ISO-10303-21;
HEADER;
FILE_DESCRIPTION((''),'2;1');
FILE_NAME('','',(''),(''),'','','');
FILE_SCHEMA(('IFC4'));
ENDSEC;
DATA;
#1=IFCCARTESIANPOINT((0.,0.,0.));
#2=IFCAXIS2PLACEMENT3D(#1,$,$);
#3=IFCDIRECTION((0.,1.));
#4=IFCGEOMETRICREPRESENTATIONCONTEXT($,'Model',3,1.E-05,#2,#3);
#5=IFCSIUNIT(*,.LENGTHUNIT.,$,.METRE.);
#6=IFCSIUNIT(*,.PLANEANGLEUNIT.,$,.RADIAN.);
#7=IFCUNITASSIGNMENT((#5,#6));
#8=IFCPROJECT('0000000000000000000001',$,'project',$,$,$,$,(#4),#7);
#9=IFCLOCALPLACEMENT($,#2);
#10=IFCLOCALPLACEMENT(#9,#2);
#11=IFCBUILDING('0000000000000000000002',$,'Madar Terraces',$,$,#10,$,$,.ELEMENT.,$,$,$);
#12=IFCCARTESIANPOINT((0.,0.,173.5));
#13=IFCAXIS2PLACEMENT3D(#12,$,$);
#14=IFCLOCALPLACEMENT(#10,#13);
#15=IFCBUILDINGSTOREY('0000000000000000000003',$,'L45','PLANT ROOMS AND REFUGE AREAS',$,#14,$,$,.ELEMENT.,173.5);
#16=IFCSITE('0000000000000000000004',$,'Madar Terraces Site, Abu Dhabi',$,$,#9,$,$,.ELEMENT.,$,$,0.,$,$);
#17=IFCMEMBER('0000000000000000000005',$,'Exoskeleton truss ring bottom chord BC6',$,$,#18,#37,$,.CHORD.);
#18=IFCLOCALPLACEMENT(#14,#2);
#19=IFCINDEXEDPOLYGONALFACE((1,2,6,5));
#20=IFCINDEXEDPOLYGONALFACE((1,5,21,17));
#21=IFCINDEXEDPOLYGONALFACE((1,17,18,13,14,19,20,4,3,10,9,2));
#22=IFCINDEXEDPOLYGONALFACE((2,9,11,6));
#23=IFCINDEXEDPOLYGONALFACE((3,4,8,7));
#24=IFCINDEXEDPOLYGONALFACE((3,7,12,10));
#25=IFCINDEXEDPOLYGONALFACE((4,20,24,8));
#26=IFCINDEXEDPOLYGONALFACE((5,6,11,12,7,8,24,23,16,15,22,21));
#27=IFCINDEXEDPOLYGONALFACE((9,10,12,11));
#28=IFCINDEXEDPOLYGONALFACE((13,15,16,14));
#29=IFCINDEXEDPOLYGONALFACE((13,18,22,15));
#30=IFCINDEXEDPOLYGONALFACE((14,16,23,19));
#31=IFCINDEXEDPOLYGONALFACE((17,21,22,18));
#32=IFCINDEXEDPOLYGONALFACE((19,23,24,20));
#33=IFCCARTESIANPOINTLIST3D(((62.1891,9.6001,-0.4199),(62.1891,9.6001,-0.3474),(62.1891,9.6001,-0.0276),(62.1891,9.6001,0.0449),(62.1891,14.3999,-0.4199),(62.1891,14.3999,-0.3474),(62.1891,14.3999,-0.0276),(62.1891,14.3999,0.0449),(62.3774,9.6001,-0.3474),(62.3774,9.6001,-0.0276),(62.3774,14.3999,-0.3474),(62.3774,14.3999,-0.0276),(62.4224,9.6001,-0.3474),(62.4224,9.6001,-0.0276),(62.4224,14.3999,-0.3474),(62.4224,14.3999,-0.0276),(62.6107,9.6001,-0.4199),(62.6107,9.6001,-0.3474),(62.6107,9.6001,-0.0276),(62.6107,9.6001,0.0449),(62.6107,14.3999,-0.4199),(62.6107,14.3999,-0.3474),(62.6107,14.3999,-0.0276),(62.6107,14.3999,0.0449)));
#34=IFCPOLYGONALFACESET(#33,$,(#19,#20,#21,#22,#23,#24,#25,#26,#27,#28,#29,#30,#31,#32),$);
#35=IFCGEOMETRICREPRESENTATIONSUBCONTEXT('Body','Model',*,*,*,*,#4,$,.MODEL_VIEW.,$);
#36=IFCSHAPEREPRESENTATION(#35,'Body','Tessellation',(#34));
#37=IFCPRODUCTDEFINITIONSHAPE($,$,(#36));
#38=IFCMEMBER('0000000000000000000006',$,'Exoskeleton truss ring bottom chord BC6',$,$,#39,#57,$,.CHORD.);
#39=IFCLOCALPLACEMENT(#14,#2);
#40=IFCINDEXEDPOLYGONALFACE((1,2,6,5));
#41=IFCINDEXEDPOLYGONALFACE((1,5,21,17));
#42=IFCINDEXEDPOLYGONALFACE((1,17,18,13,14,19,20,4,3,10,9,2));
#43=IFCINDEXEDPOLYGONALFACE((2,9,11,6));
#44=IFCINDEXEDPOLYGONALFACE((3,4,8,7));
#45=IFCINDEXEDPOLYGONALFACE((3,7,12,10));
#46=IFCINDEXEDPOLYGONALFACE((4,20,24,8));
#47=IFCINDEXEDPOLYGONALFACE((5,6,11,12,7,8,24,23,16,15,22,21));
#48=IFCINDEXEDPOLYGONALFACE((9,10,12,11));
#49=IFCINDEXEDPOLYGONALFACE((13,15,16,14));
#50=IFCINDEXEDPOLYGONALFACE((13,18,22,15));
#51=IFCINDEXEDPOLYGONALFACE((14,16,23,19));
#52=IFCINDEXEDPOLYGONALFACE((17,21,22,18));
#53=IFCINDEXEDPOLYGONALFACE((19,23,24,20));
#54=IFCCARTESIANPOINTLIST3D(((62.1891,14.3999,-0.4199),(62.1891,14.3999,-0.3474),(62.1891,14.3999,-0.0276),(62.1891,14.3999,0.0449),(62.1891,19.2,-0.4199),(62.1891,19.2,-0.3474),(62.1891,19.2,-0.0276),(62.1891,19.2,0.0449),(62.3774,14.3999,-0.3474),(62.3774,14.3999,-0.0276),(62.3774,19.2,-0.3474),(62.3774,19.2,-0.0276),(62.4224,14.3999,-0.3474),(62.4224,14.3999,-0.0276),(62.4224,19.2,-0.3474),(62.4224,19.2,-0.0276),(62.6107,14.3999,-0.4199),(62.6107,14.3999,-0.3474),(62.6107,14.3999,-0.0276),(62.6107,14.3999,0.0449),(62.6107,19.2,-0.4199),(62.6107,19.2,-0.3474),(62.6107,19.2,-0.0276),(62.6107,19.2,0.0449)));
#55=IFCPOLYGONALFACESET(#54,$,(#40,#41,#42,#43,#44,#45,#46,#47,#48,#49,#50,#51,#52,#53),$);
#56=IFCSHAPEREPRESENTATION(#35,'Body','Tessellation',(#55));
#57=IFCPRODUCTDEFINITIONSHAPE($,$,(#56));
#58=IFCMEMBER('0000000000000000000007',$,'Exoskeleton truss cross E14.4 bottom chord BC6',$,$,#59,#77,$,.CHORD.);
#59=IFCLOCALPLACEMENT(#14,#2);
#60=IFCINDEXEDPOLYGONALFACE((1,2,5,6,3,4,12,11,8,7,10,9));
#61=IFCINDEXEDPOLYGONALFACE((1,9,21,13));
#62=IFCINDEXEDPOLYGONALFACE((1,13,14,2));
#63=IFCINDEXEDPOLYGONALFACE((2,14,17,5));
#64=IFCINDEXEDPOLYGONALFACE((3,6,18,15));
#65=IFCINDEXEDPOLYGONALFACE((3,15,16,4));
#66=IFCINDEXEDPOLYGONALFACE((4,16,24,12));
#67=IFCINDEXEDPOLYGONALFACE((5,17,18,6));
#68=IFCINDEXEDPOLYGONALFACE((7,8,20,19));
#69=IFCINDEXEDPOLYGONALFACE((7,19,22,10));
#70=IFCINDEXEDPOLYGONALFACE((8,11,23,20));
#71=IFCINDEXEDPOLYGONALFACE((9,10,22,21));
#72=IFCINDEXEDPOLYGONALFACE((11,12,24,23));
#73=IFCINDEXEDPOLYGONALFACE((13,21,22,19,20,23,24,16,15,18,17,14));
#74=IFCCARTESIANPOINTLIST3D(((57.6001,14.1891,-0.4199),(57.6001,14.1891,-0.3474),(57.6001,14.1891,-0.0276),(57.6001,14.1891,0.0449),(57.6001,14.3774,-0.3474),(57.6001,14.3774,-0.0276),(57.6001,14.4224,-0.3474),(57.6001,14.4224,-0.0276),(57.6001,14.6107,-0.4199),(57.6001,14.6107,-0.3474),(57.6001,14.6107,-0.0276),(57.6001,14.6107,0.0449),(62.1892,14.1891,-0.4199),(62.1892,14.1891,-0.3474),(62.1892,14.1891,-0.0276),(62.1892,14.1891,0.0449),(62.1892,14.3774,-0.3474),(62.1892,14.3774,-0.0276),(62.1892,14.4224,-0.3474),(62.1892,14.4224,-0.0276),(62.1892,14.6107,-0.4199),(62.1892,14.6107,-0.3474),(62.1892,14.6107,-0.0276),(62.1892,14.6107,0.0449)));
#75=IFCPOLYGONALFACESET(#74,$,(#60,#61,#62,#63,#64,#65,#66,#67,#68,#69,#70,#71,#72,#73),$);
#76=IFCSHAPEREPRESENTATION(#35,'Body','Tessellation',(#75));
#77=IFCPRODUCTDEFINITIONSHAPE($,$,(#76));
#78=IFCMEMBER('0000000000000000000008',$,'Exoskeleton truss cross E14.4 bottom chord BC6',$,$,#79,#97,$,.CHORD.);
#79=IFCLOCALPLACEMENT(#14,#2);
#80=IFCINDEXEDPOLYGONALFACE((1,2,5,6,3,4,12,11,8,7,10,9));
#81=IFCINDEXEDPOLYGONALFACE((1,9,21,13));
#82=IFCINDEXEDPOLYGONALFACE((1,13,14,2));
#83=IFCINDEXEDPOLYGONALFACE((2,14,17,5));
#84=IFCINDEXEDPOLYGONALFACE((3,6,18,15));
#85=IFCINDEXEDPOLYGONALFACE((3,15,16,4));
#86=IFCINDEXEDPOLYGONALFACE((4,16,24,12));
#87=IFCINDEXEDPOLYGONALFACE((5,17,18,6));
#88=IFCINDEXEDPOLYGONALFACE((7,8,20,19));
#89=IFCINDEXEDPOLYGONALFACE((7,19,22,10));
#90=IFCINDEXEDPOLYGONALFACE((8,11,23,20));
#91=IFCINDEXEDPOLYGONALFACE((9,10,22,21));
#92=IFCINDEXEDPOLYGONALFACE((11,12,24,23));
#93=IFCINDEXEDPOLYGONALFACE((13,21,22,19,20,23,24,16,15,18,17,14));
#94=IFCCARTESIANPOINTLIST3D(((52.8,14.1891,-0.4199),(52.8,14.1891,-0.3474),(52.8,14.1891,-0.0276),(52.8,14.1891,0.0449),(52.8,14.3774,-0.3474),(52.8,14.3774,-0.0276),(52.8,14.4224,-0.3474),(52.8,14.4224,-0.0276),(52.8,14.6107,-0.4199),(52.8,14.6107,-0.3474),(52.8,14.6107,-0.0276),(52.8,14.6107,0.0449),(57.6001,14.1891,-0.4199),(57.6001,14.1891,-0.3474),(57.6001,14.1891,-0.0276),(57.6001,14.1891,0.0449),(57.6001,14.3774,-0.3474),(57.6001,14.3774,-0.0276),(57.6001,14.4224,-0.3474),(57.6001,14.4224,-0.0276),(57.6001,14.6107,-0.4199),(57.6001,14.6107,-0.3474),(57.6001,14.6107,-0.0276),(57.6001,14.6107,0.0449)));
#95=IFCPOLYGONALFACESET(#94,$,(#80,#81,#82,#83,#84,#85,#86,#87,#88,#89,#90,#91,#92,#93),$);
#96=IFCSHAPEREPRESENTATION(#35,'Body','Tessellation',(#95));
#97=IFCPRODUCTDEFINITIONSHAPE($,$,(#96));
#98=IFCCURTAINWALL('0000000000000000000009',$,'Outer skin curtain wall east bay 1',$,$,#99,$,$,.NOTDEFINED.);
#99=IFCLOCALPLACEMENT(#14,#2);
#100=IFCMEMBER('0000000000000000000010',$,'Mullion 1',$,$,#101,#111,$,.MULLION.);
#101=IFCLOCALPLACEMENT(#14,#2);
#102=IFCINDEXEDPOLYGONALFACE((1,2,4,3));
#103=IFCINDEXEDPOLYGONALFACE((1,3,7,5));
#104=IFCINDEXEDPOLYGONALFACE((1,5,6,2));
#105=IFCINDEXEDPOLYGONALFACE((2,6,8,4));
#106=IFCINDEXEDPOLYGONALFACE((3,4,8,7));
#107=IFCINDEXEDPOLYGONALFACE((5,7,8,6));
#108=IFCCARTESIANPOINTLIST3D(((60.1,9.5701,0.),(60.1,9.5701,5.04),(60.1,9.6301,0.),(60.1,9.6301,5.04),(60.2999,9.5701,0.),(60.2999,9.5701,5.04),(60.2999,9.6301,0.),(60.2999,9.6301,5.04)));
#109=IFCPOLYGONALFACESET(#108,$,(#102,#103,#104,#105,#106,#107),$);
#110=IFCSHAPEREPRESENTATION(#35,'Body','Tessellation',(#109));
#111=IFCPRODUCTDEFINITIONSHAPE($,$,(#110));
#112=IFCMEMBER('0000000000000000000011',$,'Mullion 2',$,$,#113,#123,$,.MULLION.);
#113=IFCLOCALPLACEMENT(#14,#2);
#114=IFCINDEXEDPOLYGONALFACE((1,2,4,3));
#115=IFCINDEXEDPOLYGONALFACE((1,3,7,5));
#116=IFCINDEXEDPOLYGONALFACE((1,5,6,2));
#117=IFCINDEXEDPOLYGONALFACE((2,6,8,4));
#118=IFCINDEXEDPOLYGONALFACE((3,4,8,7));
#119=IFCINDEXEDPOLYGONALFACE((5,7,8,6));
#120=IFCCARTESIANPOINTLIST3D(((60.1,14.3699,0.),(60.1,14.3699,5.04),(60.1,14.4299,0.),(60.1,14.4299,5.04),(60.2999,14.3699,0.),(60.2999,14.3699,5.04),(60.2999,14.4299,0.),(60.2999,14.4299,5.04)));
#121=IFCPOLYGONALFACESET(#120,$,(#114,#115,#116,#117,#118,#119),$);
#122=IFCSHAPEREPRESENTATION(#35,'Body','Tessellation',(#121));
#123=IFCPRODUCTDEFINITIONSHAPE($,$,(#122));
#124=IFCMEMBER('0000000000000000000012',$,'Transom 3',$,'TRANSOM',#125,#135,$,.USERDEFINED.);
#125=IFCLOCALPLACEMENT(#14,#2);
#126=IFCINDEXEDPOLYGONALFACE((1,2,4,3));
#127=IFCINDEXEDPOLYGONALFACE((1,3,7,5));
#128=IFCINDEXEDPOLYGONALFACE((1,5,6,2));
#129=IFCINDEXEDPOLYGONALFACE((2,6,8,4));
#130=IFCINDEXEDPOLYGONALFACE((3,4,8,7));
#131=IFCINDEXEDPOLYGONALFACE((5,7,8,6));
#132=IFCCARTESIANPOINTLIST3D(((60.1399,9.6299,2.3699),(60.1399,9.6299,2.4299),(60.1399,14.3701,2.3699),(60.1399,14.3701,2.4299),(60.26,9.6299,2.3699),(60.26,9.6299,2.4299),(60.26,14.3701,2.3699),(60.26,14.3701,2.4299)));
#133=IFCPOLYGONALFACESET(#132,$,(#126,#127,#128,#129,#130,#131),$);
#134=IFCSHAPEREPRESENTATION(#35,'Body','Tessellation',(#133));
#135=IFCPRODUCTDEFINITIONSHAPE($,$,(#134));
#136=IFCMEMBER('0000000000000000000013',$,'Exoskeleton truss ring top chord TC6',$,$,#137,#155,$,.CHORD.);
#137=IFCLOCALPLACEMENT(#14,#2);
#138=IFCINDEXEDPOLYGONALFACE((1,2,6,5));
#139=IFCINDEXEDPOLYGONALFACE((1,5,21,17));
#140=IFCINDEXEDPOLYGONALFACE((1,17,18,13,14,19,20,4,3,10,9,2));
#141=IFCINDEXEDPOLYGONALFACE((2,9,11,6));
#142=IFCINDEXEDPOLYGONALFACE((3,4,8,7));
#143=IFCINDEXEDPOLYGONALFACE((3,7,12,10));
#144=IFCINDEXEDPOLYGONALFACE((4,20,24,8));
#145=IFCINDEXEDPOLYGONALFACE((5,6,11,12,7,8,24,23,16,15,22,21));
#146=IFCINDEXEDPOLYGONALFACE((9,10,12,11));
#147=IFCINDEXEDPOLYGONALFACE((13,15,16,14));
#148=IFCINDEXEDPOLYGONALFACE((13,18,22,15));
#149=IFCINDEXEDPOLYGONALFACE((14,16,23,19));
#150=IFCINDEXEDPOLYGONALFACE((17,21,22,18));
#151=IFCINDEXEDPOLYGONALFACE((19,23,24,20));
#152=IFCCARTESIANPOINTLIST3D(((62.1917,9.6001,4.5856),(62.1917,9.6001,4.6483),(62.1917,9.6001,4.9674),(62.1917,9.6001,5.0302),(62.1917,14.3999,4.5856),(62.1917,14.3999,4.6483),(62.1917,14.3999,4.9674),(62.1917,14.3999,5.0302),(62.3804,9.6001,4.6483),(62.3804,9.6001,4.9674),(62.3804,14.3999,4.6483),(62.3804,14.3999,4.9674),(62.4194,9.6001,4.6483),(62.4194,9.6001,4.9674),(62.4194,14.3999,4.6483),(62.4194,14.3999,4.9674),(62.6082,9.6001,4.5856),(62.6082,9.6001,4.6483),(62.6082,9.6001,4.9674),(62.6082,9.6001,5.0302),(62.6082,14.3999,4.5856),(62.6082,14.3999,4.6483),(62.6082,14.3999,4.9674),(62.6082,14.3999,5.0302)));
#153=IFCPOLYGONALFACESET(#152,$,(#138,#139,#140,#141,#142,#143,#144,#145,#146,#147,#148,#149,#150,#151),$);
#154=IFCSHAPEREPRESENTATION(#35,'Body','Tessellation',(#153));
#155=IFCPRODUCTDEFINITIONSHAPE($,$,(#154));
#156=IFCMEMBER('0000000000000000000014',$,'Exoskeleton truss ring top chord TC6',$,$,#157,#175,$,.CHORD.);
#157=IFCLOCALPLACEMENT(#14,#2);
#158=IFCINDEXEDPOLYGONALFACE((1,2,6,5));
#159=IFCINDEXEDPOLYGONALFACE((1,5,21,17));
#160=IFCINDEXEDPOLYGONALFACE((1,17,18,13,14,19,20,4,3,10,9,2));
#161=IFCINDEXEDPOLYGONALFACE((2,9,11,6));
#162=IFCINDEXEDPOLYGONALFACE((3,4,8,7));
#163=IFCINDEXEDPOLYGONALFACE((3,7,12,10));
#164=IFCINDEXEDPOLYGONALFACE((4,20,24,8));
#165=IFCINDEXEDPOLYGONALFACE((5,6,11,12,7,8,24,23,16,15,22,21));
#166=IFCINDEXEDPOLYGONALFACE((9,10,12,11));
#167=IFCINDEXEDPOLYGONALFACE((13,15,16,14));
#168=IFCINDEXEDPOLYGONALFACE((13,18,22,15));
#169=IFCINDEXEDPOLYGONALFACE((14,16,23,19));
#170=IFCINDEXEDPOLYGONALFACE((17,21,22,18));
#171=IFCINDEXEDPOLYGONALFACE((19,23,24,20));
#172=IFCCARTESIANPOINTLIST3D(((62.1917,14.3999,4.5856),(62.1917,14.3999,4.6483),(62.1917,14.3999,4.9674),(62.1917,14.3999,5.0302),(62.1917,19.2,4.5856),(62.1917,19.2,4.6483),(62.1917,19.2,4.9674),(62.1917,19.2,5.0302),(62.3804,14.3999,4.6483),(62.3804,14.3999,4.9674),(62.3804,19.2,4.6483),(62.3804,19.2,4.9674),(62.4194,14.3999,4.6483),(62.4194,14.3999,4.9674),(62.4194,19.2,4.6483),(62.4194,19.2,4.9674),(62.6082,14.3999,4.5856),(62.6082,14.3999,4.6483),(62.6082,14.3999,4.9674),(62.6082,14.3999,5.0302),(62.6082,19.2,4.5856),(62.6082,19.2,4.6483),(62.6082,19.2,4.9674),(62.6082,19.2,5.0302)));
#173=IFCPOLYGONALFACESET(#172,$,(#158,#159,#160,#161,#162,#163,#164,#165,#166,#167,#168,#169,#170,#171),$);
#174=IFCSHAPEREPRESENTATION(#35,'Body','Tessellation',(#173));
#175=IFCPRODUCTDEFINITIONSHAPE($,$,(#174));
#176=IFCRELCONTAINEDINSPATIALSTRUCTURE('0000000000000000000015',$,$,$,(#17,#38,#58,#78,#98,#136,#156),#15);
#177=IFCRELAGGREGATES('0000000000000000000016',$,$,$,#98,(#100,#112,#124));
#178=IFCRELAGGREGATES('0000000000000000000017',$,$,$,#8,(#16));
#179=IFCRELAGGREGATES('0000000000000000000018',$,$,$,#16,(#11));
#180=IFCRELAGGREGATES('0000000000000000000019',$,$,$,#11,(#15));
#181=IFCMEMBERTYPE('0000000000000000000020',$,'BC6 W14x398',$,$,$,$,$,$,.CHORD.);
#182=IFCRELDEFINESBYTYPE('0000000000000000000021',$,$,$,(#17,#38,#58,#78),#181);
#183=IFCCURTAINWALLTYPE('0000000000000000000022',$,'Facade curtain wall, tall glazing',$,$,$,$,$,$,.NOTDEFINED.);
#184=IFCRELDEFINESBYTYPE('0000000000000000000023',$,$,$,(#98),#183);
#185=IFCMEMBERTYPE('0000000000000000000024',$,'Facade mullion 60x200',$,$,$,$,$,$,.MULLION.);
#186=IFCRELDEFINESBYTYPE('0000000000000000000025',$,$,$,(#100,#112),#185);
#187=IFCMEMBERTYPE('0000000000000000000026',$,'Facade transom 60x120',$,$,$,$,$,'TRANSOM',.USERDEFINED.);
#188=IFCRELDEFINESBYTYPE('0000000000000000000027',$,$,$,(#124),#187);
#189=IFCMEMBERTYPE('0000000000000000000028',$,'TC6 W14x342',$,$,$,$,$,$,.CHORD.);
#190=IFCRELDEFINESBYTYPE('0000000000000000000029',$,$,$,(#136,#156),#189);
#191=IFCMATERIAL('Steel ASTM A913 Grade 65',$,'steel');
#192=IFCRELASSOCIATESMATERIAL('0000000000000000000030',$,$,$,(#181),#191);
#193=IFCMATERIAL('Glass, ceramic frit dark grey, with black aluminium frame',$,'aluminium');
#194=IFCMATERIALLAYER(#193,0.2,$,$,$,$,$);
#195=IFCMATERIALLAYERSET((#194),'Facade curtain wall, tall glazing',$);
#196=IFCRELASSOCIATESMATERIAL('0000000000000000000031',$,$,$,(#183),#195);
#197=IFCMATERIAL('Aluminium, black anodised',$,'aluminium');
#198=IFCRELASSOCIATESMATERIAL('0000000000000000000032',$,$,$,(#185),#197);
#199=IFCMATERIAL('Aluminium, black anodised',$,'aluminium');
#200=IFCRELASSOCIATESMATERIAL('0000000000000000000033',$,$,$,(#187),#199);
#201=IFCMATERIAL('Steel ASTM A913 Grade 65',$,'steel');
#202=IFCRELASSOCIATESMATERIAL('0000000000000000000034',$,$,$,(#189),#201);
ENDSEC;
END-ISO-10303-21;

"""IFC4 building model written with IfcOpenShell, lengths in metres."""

from ifc_helpers import new_model, si_unit, direction, frame, origin, origin_2d, place, context, subcontext, project, spatial, rectangle, i_section, extrude, material, layer, layer_set, material_profile, profile_set, type_object, element, aggregate, save


model = new_model("IFC4")

# Units and contexts
model_context = context("Model", 3, precision=1e-05, world=origin(), true_north=direction((0.0, 1.0)))
body_context = subcontext(model_context, "Body", "Model", "MODEL_VIEW")
ifc_project = project(units=[si_unit("LENGTHUNIT", "METRE"), si_unit("PLANEANGLEUNIT", "RADIAN")], contexts=[model_context])

# Site, building, storey
site_placement = place(None, origin())
site = spatial("IfcSite", under=ifc_project, at=site_placement, Name="Madar Terraces Site, Abu Dhabi", CompositionType="ELEMENT", RefElevation=0.0)
building_placement = place(site_placement, origin())
building = spatial("IfcBuilding", under=site, at=building_placement, Name="Madar Terraces", CompositionType="ELEMENT")
storey_placement = place(building_placement, frame((0.0, 0.0, 173.5)))
storey = spatial("IfcBuildingStorey", under=building, at=storey_placement, Name="L45", Description="PLANT ROOMS AND REFUGE AREAS", CompositionType="ELEMENT", Elevation=173.5)

# Members
ifc_material_1 = material(Name="Steel ASTM A913 Grade 65", Category="steel")
ifc_material_profile_1 = material_profile(ifc_material_1, i_section(OverallWidth=0.4216, OverallDepth=0.4648, WebThickness=0.0449, FlangeThickness=0.0725, at=origin_2d()), Name="W14x398")
ifc_profile_set_1 = profile_set([ifc_material_profile_1], Name="Steel ASTM A913 Grade 65")
member_type_1 = type_object("IfcMemberType", Name="BC6 W14x398", PredefinedType="CHORD", material=ifc_profile_set_1)
member_1_placement = place(storey_placement, frame((62.3999, 9.6001, -0.1875), z_axis=(0.0, 1.0, 0.0), x_axis=(-1.0, 0.0, 0.0)))
element("IfcMember", 1, at=member_1_placement, inside=storey, type_object=member_type_1, Name="Exoskeleton truss ring bottom chord BC6", PredefinedType="CHORD", context=body_context, shape_type="SweptSolid", body=[
    extrude(i_section(OverallWidth=0.4216, OverallDepth=0.4648, WebThickness=0.0449, FlangeThickness=0.0725, at=origin_2d()), origin(), (0.0, 0.0, 1.0), 4.7998),
])
member_2_placement = place(storey_placement, frame((62.3999, 14.3999, -0.1875), z_axis=(0.0, 1.0, 0.0), x_axis=(-1.0, 0.0, 0.0)))
element("IfcMember", 2, at=member_2_placement, inside=storey, type_object=member_type_1, Name="Exoskeleton truss ring bottom chord BC6", PredefinedType="CHORD", context=body_context, shape_type="SweptSolid", body=[
    extrude(i_section(OverallWidth=0.4216, OverallDepth=0.4648, WebThickness=0.0449, FlangeThickness=0.0725, at=origin_2d()), origin(), (0.0, 0.0, 1.0), 4.8),
])
member_3_placement = place(storey_placement, frame((62.1892, 14.3999, -0.1875), z_axis=(-1.0, 0.0, 0.0), x_axis=(0.0, -1.0, 0.0)))
element("IfcMember", 3, at=member_3_placement, inside=storey, type_object=member_type_1, Name="Exoskeleton truss cross E14.4 bottom chord BC6", PredefinedType="CHORD", context=body_context, shape_type="SweptSolid", body=[
    extrude(i_section(OverallWidth=0.4216, OverallDepth=0.4648, WebThickness=0.0449, FlangeThickness=0.0725, at=origin_2d()), origin(), (0.0, 0.0, 1.0), 4.5891),
])
member_4_placement = place(storey_placement, frame((57.6001, 14.3999, -0.1875), z_axis=(-1.0, 0.0, 0.0), x_axis=(0.0, -1.0, 0.0)))
element("IfcMember", 4, at=member_4_placement, inside=storey, type_object=member_type_1, Name="Exoskeleton truss cross E14.4 bottom chord BC6", PredefinedType="CHORD", context=body_context, shape_type="SweptSolid", body=[
    extrude(i_section(OverallWidth=0.4216, OverallDepth=0.4648, WebThickness=0.0449, FlangeThickness=0.0725, at=origin_2d()), origin(), (0.0, 0.0, 1.0), 4.8),
])

# Curtain wall, members
ifc_material_2 = material(Name="Glass, ceramic frit dark grey, with black aluminium frame", Category="aluminium")
ifc_layer_1 = layer(ifc_material_2, 0.2)
ifc_layer_set_1 = layer_set([ifc_layer_1], Name="Facade curtain wall, tall glazing")
curtain_wall_type = type_object("IfcCurtainWallType", Name="Facade curtain wall, tall glazing", PredefinedType="NOTDEFINED", material=ifc_layer_set_1)
curtain_wall_placement = place(storey_placement, origin())
curtain_wall = element("IfcCurtainWall", 5, at=curtain_wall_placement, inside=storey, type_object=curtain_wall_type, Name="Outer skin curtain wall east bay 1", PredefinedType="NOTDEFINED")
ifc_material_3 = material(Name="Aluminium, black anodised", Category="aluminium")
ifc_material_profile_2 = material_profile(ifc_material_3, rectangle(XDim=0.2, YDim=0.0601, at=origin_2d()), Name="Facade mullion 60x200")
ifc_profile_set_2 = profile_set([ifc_material_profile_2], Name="Aluminium, black anodised")
member_type_2 = type_object("IfcMemberType", Name="Facade mullion 60x200", PredefinedType="MULLION", material=ifc_profile_set_2)
member_5_placement = place(storey_placement, frame((60.2, 9.6001, 0.0), z_axis=(0.0, 0.0, 1.0), x_axis=(-1.0, 0.0, 0.0)))
member_5 = element("IfcMember", 6, at=member_5_placement, type_object=member_type_2, Name="Mullion 1", PredefinedType="MULLION", context=body_context, shape_type="SweptSolid", body=[
    extrude(rectangle(XDim=0.2, YDim=0.0601, at=origin_2d()), origin(), (0.0, 0.0, 1.0), 5.04),
])
member_6_placement = place(storey_placement, frame((60.2, 14.3999, 0.0), z_axis=(0.0, 0.0, 1.0), x_axis=(-1.0, 0.0, 0.0)))
member_6 = element("IfcMember", 7, at=member_6_placement, type_object=member_type_2, Name="Mullion 2", PredefinedType="MULLION", context=body_context, shape_type="SweptSolid", body=[
    extrude(rectangle(XDim=0.2, YDim=0.0601, at=origin_2d()), origin(), (0.0, 0.0, 1.0), 5.04),
])
ifc_material_4 = material(Name="Aluminium, black anodised", Category="aluminium")
ifc_material_profile_3 = material_profile(ifc_material_4, rectangle(XDim=0.1201, YDim=0.0601, at=origin_2d()), Name="Facade transom 60x120")
ifc_profile_set_3 = profile_set([ifc_material_profile_3], Name="Aluminium, black anodised")
member_type_3 = type_object("IfcMemberType", Name="Facade transom 60x120", ElementType="TRANSOM", PredefinedType="USERDEFINED", material=ifc_profile_set_3)
member_7_placement = place(storey_placement, frame((60.2, 9.6299, 2.3999), z_axis=(0.0, 1.0, 0.0), x_axis=(-1.0, 0.0, 0.0)))
member_7 = element("IfcMember", 8, at=member_7_placement, type_object=member_type_3, Name="Transom 3", ObjectType="TRANSOM", PredefinedType="USERDEFINED", context=body_context, shape_type="SweptSolid", body=[
    extrude(rectangle(XDim=0.1201, YDim=0.0601, at=origin_2d()), origin(), (0.0, 0.0, 1.0), 4.7402),
])

# Members
ifc_material_5 = material(Name="Steel ASTM A913 Grade 65", Category="steel")
ifc_material_profile_4 = material_profile(ifc_material_5, i_section(OverallWidth=0.4165, OverallDepth=0.4446, WebThickness=0.0391, FlangeThickness=0.0627, at=origin_2d()), Name="W14x342")
ifc_profile_set_4 = profile_set([ifc_material_profile_4], Name="Steel ASTM A913 Grade 65")
member_type_4 = type_object("IfcMemberType", Name="TC6 W14x342", PredefinedType="CHORD", material=ifc_profile_set_4)
member_8_placement = place(storey_placement, frame((62.3999, 9.6001, 4.8079), z_axis=(0.0, 1.0, 0.0), x_axis=(-1.0, 0.0, 0.0)))
element("IfcMember", 9, at=member_8_placement, inside=storey, type_object=member_type_4, Name="Exoskeleton truss ring top chord TC6", PredefinedType="CHORD", context=body_context, shape_type="SweptSolid", body=[
    extrude(i_section(OverallWidth=0.4165, OverallDepth=0.4446, WebThickness=0.0391, FlangeThickness=0.0627, at=origin_2d()), origin(), (0.0, 0.0, 1.0), 4.7998),
])
member_9_placement = place(storey_placement, frame((62.3999, 14.3999, 4.8079), z_axis=(0.0, 1.0, 0.0), x_axis=(-1.0, 0.0, 0.0)))
element("IfcMember", 10, at=member_9_placement, inside=storey, type_object=member_type_4, Name="Exoskeleton truss ring top chord TC6", PredefinedType="CHORD", context=body_context, shape_type="SweptSolid", body=[
    extrude(i_section(OverallWidth=0.4165, OverallDepth=0.4446, WebThickness=0.0391, FlangeThickness=0.0627, at=origin_2d()), origin(), (0.0, 0.0, 1.0), 4.8),
])

aggregate(curtain_wall, [member_5, member_6, member_7])

save(model, "model.ifc")
